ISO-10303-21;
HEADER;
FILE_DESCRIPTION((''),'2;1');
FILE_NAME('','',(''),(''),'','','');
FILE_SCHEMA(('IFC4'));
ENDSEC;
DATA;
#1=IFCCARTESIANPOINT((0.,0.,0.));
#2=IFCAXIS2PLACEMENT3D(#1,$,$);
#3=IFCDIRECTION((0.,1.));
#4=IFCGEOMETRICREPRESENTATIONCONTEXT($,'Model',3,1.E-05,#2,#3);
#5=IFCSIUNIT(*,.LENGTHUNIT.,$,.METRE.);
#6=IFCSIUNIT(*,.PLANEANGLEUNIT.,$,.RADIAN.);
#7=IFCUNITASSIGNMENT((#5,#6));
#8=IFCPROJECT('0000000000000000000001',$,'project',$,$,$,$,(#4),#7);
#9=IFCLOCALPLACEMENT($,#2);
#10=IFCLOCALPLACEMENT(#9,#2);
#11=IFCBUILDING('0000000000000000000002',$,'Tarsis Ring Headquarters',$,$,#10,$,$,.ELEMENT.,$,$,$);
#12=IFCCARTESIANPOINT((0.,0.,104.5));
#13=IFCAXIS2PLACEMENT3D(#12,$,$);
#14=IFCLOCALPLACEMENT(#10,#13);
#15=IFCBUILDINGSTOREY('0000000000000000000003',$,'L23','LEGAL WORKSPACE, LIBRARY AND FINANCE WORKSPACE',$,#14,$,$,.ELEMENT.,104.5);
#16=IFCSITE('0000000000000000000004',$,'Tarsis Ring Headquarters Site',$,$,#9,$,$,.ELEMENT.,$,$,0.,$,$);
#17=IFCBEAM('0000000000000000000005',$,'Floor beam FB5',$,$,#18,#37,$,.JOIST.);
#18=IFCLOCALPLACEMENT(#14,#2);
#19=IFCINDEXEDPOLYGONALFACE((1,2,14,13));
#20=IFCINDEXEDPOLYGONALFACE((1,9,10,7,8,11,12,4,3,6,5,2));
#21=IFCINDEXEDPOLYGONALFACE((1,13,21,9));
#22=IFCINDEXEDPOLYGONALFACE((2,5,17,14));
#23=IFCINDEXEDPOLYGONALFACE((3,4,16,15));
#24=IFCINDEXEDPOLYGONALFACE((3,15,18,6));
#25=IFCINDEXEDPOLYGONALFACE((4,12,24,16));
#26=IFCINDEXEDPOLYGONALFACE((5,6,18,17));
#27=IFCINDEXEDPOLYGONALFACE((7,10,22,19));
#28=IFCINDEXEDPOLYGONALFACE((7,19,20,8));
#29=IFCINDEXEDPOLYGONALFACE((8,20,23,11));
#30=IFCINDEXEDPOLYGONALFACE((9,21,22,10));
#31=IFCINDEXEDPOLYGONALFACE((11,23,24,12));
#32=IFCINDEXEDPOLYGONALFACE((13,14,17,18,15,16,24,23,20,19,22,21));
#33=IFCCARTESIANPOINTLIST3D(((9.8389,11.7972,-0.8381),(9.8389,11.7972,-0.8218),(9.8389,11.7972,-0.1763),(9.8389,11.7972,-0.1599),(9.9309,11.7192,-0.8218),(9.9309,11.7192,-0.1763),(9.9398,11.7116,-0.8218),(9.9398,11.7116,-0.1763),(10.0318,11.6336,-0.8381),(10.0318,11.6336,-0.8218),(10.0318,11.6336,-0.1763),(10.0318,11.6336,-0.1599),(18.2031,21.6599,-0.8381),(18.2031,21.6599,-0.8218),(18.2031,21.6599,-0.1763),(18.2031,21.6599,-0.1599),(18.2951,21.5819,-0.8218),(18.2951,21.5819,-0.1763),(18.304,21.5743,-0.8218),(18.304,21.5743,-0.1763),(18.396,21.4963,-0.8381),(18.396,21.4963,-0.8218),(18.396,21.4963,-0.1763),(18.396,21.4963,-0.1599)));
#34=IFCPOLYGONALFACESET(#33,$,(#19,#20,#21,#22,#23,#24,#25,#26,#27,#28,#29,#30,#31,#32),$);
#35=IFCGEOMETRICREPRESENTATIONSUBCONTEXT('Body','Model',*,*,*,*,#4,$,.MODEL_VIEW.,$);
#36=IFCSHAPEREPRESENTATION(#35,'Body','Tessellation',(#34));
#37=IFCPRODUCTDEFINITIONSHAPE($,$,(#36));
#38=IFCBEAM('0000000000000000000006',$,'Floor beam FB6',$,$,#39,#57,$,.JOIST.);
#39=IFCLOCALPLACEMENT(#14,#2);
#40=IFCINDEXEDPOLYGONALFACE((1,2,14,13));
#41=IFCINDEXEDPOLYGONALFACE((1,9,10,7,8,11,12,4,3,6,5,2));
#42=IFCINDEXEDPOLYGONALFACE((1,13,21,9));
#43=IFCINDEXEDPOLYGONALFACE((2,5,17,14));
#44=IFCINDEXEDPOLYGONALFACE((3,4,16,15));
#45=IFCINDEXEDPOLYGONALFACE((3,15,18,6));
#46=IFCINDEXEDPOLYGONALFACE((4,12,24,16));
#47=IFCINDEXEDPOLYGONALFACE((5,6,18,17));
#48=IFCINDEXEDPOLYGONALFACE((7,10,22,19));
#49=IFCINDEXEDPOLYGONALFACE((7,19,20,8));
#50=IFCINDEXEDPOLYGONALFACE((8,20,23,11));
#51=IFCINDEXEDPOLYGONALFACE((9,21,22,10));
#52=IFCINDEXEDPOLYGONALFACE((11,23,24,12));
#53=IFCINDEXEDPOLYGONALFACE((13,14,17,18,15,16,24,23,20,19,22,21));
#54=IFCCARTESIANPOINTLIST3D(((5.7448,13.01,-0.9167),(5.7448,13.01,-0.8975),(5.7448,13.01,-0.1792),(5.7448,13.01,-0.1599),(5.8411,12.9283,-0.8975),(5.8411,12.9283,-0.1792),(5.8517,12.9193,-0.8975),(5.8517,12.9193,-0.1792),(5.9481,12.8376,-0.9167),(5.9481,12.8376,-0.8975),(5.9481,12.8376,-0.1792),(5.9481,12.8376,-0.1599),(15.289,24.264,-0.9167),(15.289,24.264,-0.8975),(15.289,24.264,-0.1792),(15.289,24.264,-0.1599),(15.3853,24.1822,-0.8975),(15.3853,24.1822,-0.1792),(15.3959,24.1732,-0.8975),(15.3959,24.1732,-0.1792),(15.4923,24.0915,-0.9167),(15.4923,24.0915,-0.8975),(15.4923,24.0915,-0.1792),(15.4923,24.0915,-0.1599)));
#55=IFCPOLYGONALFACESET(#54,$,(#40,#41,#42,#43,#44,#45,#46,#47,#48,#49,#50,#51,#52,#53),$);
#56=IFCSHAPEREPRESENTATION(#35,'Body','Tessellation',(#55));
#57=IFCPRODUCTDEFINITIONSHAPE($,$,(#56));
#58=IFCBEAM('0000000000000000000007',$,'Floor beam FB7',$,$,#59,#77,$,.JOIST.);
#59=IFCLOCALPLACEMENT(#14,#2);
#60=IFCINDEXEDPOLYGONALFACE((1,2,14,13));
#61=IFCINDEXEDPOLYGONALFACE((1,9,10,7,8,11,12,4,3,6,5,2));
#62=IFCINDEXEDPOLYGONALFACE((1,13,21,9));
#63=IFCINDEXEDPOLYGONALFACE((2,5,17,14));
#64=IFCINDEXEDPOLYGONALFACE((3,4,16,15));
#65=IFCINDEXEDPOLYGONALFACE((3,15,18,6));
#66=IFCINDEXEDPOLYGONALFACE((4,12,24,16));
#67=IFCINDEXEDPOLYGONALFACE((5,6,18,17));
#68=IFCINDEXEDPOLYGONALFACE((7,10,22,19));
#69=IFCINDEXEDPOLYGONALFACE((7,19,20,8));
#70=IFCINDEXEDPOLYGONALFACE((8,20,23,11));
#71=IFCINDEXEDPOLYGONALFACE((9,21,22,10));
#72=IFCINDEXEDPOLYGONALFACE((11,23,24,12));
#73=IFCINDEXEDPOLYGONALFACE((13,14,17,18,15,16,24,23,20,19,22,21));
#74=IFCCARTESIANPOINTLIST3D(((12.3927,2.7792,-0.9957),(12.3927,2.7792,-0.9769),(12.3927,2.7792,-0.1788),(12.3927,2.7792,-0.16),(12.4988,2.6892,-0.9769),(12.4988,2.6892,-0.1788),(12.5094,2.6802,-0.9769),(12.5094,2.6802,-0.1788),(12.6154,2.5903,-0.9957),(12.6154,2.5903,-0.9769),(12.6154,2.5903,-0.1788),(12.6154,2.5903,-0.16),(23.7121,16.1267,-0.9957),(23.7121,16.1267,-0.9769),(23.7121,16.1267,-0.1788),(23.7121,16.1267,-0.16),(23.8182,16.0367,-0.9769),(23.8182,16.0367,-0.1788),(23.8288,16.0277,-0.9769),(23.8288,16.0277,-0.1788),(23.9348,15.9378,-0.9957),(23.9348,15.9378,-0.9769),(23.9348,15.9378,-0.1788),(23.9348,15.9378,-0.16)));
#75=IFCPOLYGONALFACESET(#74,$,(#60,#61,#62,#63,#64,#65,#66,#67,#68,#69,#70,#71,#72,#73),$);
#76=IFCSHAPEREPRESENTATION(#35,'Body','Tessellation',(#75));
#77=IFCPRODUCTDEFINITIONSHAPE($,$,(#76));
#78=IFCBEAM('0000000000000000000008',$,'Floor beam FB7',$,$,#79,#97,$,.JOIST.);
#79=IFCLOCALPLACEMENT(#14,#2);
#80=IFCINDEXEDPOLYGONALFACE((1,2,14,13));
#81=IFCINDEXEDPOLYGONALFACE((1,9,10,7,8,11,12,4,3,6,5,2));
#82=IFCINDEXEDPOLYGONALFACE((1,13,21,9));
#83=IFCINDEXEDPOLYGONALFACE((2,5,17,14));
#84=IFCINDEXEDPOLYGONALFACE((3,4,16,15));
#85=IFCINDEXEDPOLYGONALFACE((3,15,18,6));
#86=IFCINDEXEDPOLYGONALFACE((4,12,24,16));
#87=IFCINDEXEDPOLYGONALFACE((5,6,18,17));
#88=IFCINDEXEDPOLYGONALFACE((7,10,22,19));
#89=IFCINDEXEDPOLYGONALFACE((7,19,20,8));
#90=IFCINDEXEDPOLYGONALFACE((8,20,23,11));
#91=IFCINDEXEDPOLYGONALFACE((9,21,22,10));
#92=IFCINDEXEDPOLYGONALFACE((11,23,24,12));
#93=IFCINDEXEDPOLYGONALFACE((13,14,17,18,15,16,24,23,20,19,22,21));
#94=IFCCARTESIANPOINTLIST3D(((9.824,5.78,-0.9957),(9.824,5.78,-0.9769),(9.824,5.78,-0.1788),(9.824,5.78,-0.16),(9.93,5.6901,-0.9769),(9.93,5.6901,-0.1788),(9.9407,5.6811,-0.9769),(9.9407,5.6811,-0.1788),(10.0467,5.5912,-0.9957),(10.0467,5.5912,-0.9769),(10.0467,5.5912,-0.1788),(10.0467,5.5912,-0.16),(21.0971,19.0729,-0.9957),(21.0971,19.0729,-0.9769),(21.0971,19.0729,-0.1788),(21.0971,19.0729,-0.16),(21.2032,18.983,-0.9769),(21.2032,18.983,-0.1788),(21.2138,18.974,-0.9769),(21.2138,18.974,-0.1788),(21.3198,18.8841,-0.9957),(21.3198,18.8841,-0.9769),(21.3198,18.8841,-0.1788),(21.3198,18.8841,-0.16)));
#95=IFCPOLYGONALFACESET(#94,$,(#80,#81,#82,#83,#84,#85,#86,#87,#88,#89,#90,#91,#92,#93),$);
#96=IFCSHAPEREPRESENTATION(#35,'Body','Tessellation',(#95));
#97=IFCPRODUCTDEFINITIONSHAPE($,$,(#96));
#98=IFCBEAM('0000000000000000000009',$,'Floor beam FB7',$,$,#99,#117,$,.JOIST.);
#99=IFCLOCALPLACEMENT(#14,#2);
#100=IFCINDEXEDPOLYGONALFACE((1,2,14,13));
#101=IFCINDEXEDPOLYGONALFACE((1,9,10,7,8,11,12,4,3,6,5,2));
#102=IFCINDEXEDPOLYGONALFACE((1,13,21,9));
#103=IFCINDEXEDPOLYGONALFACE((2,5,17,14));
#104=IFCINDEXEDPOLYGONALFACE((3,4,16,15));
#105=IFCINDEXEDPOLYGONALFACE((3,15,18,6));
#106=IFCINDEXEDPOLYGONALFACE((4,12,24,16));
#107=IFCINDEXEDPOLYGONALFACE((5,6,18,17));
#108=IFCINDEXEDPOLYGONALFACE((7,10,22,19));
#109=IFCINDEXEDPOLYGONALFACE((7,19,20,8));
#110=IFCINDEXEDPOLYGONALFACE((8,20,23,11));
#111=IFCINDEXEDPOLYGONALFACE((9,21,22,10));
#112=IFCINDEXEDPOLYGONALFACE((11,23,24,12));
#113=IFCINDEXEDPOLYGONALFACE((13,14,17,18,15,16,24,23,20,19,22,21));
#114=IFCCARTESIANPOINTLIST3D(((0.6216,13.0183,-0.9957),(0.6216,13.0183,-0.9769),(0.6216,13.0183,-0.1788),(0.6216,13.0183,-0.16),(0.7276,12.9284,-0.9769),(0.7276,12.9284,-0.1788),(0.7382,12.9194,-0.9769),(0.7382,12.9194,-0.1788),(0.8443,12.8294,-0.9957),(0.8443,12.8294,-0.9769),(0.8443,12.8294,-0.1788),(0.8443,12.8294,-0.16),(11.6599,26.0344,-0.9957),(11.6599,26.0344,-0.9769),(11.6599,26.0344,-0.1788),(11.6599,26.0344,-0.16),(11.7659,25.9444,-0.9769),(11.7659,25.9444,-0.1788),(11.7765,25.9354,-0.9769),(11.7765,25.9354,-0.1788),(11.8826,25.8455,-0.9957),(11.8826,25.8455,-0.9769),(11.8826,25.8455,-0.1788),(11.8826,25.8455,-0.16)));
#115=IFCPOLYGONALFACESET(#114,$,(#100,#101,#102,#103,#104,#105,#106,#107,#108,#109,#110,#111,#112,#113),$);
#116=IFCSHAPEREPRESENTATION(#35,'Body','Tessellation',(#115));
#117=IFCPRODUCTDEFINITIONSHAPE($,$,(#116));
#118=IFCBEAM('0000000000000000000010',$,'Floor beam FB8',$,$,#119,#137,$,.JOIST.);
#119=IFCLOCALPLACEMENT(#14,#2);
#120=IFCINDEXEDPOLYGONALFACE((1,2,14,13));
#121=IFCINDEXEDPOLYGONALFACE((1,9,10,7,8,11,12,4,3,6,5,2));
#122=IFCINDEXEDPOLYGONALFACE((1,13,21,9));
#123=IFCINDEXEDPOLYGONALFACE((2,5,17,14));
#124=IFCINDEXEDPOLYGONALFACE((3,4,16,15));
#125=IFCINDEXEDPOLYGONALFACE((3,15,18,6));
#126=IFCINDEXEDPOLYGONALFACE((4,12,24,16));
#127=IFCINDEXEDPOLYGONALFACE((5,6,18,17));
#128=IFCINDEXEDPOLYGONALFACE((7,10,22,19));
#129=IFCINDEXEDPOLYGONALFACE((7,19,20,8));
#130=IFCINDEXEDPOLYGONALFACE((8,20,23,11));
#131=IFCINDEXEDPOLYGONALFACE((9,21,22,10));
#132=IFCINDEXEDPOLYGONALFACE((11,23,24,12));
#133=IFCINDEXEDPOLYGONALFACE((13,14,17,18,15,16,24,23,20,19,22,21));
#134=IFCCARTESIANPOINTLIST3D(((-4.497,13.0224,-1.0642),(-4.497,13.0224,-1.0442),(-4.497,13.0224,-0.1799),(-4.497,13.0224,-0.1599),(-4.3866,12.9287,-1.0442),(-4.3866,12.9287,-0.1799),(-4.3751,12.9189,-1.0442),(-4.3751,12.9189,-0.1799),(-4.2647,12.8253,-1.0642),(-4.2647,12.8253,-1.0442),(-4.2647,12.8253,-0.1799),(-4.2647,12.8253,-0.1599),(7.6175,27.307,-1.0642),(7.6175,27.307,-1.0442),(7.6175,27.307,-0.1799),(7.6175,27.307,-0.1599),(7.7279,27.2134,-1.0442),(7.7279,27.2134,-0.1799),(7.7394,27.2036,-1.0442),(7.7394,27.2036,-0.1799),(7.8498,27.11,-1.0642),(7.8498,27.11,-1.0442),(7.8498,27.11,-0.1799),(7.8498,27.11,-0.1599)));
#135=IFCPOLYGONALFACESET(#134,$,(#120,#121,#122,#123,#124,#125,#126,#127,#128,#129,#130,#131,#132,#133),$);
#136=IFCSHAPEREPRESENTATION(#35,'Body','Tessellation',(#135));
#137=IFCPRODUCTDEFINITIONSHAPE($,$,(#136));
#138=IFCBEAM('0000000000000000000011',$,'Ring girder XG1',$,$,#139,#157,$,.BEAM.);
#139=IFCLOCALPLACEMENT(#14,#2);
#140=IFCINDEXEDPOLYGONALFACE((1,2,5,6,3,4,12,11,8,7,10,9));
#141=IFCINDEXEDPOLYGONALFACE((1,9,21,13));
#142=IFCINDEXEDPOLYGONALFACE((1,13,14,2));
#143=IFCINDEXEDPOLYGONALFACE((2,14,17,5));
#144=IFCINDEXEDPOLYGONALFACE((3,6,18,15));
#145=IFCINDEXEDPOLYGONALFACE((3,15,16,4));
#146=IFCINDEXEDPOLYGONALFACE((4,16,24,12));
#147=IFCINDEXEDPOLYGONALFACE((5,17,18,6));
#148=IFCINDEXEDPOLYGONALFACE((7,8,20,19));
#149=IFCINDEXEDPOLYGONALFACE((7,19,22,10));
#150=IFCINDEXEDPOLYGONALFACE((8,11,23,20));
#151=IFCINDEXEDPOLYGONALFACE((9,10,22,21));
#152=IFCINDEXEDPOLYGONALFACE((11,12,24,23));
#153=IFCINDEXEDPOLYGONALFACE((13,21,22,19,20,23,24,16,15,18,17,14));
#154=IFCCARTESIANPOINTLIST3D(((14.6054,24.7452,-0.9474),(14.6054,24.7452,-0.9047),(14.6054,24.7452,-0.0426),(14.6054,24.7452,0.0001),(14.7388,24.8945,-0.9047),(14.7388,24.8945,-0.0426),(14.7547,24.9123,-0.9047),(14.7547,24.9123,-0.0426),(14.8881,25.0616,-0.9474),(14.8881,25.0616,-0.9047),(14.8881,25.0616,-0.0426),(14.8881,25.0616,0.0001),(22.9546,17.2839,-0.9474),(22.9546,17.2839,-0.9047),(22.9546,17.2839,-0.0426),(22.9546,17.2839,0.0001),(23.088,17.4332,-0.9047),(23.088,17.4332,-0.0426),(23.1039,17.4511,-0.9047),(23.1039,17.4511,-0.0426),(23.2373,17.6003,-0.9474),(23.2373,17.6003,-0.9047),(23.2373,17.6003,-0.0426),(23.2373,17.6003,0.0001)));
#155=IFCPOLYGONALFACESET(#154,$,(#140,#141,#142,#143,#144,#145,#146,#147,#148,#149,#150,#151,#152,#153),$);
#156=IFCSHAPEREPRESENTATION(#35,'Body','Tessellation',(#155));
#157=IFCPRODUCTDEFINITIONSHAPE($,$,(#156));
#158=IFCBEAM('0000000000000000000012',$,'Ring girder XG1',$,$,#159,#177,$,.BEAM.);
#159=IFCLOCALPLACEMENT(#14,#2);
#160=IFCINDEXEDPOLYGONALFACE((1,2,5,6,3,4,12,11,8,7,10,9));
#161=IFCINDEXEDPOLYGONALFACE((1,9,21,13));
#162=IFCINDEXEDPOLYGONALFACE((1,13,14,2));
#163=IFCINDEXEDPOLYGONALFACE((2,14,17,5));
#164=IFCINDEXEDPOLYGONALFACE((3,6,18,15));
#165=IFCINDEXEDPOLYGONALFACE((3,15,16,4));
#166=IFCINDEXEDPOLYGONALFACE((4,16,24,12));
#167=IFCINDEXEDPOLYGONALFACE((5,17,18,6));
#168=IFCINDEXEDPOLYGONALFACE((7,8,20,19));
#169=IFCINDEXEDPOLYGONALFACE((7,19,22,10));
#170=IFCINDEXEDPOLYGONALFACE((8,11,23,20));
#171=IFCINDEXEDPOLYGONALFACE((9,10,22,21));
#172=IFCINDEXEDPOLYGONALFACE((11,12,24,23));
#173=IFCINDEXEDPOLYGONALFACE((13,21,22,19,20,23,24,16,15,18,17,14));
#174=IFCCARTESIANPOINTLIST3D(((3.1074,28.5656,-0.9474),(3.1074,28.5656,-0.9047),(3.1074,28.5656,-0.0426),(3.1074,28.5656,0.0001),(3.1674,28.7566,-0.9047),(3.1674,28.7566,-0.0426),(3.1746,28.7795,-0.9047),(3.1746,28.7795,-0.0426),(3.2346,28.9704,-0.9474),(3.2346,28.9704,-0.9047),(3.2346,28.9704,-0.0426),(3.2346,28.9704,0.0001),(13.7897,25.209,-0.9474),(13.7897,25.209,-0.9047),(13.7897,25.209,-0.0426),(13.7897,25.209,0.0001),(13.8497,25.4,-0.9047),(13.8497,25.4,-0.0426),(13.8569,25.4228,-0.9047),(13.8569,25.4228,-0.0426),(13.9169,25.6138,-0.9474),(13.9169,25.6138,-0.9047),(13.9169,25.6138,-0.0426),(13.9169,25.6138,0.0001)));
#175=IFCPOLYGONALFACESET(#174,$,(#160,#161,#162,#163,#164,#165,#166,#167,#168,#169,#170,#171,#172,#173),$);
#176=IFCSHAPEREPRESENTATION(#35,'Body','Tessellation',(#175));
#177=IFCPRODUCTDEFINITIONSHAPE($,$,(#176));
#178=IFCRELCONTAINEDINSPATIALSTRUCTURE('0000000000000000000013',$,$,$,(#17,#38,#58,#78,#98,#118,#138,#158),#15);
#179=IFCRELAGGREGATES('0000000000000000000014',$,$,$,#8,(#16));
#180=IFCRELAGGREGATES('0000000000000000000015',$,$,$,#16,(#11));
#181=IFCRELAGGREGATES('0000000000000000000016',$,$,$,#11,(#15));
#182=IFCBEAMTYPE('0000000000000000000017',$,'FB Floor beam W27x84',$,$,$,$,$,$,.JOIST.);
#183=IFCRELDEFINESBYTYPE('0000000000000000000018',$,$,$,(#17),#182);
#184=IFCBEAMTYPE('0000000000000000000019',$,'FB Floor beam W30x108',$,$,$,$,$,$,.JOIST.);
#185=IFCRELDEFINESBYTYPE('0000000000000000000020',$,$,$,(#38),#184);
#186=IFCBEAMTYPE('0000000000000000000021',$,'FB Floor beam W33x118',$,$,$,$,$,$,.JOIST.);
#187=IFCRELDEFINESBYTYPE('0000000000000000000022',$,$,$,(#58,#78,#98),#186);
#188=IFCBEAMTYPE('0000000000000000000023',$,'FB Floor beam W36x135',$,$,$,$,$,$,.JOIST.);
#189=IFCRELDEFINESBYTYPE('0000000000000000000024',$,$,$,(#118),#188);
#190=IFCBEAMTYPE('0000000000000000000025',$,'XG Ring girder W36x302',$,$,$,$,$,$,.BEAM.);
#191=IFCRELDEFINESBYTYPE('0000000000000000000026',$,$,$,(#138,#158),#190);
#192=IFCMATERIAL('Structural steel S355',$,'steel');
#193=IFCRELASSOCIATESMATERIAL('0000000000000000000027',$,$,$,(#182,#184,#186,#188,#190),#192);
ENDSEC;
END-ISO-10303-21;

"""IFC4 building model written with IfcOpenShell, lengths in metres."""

from ifc_helpers import new_model, si_unit, direction, frame, origin, origin_2d, place, context, subcontext, project, spatial, i_section, extrude, material, material_profile, profile_set, type_object, element, save


model = new_model("IFC4")

# Units and contexts
model_context = context("Model", 3, precision=1e-05, world=origin(), true_north=direction((0.0, 1.0)))
body_context = subcontext(model_context, "Body", "Model", "MODEL_VIEW")
ifc_project = project(units=[si_unit("LENGTHUNIT", "METRE"), si_unit("PLANEANGLEUNIT", "RADIAN")], contexts=[model_context])

# Site, building, storey
site_placement = place(None, origin())
site = spatial("IfcSite", under=ifc_project, at=site_placement, Name="Tarsis Ring Headquarters Site", CompositionType="ELEMENT", RefElevation=0.0)
building_placement = place(site_placement, origin())
building = spatial("IfcBuilding", under=site, at=building_placement, Name="Tarsis Ring Headquarters", CompositionType="ELEMENT")
storey_placement = place(building_placement, frame((0.0, 0.0, 104.5)))
storey = spatial("IfcBuildingStorey", under=building, at=storey_placement, Name="L23", Description="LEGAL WORKSPACE, LIBRARY AND FINANCE WORKSPACE", CompositionType="ELEMENT", Elevation=104.5)

# Shared definitions
ifc_material_1 = material(Name="Structural steel S355", Category="steel")

# Beams
ifc_material_profile_1 = material_profile(ifc_material_1, i_section(OverallWidth=0.2529, OverallDepth=0.6782, WebThickness=0.0117, FlangeThickness=0.0164, at=origin_2d()), Name="W27x84")
ifc_profile_set_1 = profile_set([ifc_material_profile_1], Name="Structural steel S355")
beam_type_1 = type_object("IfcBeamType", Name="FB Floor beam W27x84", PredefinedType="JOIST", material=ifc_profile_set_1)
beam_1_placement = place(storey_placement, frame((18.2996, 21.5781, -0.499), z_axis=(-0.64679, -0.762668, 0.0), x_axis=(0.762668, -0.64679, 0.0)))
element("IfcBeam", 1, at=beam_1_placement, inside=storey, type_object=beam_type_1, Name="Floor beam FB5", PredefinedType="JOIST", context=body_context, shape_type="SweptSolid", body=[
    extrude(i_section(OverallWidth=0.2529, OverallDepth=0.6782, WebThickness=0.0117, FlangeThickness=0.0164, at=origin_2d()), origin(), (0.0, 0.0, 1.0), 12.9319),
])
ifc_material_profile_2 = material_profile(ifc_material_1, i_section(OverallWidth=0.2666, OverallDepth=0.7568, WebThickness=0.0139, FlangeThickness=0.0193, at=origin_2d()), Name="W30x108")
ifc_profile_set_2 = profile_set([ifc_material_profile_2], Name="Structural steel S355")
beam_type_2 = type_object("IfcBeamType", Name="FB Floor beam W30x108", PredefinedType="JOIST", material=ifc_profile_set_2)
beam_2_placement = place(storey_placement, frame((15.3906, 24.1777, -0.5383), z_axis=(-0.646797, -0.762662, 0.0), x_axis=(0.762662, -0.646797, 0.0)))
element("IfcBeam", 2, at=beam_2_placement, inside=storey, type_object=beam_type_2, Name="Floor beam FB6", PredefinedType="JOIST", context=body_context, shape_type="SweptSolid", body=[
    extrude(i_section(OverallWidth=0.2666, OverallDepth=0.7568, WebThickness=0.0139, FlangeThickness=0.0193, at=origin_2d()), origin(), (0.0, 0.0, 1.0), 14.7561),
])
ifc_material_profile_3 = material_profile(ifc_material_1, i_section(OverallWidth=0.292, OverallDepth=0.8357, WebThickness=0.0139, FlangeThickness=0.0188, at=origin_2d()), Name="W33x118")
ifc_profile_set_3 = profile_set([ifc_material_profile_3], Name="Structural steel S355")
beam_type_3 = type_object("IfcBeamType", Name="FB Floor beam W33x118", PredefinedType="JOIST", material=ifc_profile_set_3)
beam_3_placement = place(storey_placement, frame((23.8235, 16.0322, -0.5779), z_axis=(-0.646787, -0.762671, 0.0), x_axis=(0.762671, -0.646787, 0.0)))
element("IfcBeam", 3, at=beam_3_placement, inside=storey, type_object=beam_type_3, Name="Floor beam FB7", PredefinedType="JOIST", context=body_context, shape_type="SweptSolid", body=[
    extrude(i_section(OverallWidth=0.292, OverallDepth=0.8357, WebThickness=0.0139, FlangeThickness=0.0188, at=origin_2d()), origin(), (0.0, 0.0, 1.0), 17.501),
])
beam_4_placement = place(storey_placement, frame((21.2085, 18.9785, -0.5779), z_axis=(-0.646788, -0.76267, 0.0), x_axis=(0.76267, -0.646788, 0.0)))
element("IfcBeam", 4, at=beam_4_placement, inside=storey, type_object=beam_type_3, Name="Floor beam FB7", PredefinedType="JOIST", context=body_context, shape_type="SweptSolid", body=[
    extrude(i_section(OverallWidth=0.292, OverallDepth=0.8357, WebThickness=0.0139, FlangeThickness=0.0188, at=origin_2d()), origin(), (0.0, 0.0, 1.0), 17.4294),
])
beam_5_placement = place(storey_placement, frame((11.7712, 25.9399, -0.5779), z_axis=(-0.646785, -0.762672, 0.0), x_axis=(0.762672, -0.646785, 0.0)))
element("IfcBeam", 5, at=beam_5_placement, inside=storey, type_object=beam_type_3, Name="Floor beam FB7", PredefinedType="JOIST", context=body_context, shape_type="SweptSolid", body=[
    extrude(i_section(OverallWidth=0.292, OverallDepth=0.8357, WebThickness=0.0139, FlangeThickness=0.0188, at=origin_2d()), origin(), (0.0, 0.0, 1.0), 17.0664),
])
ifc_material_profile_4 = material_profile(ifc_material_1, i_section(OverallWidth=0.3047, OverallDepth=0.9043, WebThickness=0.0151, FlangeThickness=0.02, at=origin_2d()), Name="W36x135")
ifc_profile_set_4 = profile_set([ifc_material_profile_4], Name="Structural steel S355")
beam_type_4 = type_object("IfcBeamType", Name="FB Floor beam W36x135", PredefinedType="JOIST", material=ifc_profile_set_4)
beam_6_placement = place(storey_placement, frame((7.7336, 27.2085, -0.6121), z_axis=(-0.646797, -0.762662, 0.0), x_axis=(0.762662, -0.646797, 0.0)))
element("IfcBeam", 6, at=beam_6_placement, inside=storey, type_object=beam_type_4, Name="Floor beam FB8", PredefinedType="JOIST", context=body_context, shape_type="SweptSolid", body=[
    extrude(i_section(OverallWidth=0.3047, OverallDepth=0.9043, WebThickness=0.0151, FlangeThickness=0.02, at=origin_2d()), origin(), (0.0, 0.0, 1.0), 18.73),
])
ifc_material_profile_5 = material_profile(ifc_material_1, i_section(OverallWidth=0.4243, OverallDepth=0.9475, WebThickness=0.0239, FlangeThickness=0.0427, at=origin_2d()), Name="W36x302")
ifc_profile_set_5 = profile_set([ifc_material_profile_5], Name="Structural steel S355")
beam_type_5 = type_object("IfcBeamType", Name="XG Ring girder W36x302", PredefinedType="BEAM", material=ifc_profile_set_5)
for number, where, z_axis, x_axis, name in (
    (7, (23.0959, 17.4421, -0.4736), (-0.745644, 0.666344, 0.0), (-0.666344, -0.745644, 0.0), "Ring girder XG1"),
    (8, (13.8533, 25.4114, -0.4736), (-0.95401, 0.299776, 0.0), (-0.299776, -0.95401, 0.0), "Ring girder XG1"),
):
    element("IfcBeam", number, at=place(storey_placement, frame(where, z_axis=z_axis, x_axis=x_axis)), inside=storey, type_object=beam_type_5, Name=name, PredefinedType="BEAM", context=body_context, shape_type="SweptSolid", body=[
        extrude(i_section(OverallWidth=0.4243, OverallDepth=0.9475, WebThickness=0.0239, FlangeThickness=0.0427, at=origin_2d()), origin(), (0.0, 0.0, 1.0), 11.1973),
    ])

save(model, "model.ifc")
